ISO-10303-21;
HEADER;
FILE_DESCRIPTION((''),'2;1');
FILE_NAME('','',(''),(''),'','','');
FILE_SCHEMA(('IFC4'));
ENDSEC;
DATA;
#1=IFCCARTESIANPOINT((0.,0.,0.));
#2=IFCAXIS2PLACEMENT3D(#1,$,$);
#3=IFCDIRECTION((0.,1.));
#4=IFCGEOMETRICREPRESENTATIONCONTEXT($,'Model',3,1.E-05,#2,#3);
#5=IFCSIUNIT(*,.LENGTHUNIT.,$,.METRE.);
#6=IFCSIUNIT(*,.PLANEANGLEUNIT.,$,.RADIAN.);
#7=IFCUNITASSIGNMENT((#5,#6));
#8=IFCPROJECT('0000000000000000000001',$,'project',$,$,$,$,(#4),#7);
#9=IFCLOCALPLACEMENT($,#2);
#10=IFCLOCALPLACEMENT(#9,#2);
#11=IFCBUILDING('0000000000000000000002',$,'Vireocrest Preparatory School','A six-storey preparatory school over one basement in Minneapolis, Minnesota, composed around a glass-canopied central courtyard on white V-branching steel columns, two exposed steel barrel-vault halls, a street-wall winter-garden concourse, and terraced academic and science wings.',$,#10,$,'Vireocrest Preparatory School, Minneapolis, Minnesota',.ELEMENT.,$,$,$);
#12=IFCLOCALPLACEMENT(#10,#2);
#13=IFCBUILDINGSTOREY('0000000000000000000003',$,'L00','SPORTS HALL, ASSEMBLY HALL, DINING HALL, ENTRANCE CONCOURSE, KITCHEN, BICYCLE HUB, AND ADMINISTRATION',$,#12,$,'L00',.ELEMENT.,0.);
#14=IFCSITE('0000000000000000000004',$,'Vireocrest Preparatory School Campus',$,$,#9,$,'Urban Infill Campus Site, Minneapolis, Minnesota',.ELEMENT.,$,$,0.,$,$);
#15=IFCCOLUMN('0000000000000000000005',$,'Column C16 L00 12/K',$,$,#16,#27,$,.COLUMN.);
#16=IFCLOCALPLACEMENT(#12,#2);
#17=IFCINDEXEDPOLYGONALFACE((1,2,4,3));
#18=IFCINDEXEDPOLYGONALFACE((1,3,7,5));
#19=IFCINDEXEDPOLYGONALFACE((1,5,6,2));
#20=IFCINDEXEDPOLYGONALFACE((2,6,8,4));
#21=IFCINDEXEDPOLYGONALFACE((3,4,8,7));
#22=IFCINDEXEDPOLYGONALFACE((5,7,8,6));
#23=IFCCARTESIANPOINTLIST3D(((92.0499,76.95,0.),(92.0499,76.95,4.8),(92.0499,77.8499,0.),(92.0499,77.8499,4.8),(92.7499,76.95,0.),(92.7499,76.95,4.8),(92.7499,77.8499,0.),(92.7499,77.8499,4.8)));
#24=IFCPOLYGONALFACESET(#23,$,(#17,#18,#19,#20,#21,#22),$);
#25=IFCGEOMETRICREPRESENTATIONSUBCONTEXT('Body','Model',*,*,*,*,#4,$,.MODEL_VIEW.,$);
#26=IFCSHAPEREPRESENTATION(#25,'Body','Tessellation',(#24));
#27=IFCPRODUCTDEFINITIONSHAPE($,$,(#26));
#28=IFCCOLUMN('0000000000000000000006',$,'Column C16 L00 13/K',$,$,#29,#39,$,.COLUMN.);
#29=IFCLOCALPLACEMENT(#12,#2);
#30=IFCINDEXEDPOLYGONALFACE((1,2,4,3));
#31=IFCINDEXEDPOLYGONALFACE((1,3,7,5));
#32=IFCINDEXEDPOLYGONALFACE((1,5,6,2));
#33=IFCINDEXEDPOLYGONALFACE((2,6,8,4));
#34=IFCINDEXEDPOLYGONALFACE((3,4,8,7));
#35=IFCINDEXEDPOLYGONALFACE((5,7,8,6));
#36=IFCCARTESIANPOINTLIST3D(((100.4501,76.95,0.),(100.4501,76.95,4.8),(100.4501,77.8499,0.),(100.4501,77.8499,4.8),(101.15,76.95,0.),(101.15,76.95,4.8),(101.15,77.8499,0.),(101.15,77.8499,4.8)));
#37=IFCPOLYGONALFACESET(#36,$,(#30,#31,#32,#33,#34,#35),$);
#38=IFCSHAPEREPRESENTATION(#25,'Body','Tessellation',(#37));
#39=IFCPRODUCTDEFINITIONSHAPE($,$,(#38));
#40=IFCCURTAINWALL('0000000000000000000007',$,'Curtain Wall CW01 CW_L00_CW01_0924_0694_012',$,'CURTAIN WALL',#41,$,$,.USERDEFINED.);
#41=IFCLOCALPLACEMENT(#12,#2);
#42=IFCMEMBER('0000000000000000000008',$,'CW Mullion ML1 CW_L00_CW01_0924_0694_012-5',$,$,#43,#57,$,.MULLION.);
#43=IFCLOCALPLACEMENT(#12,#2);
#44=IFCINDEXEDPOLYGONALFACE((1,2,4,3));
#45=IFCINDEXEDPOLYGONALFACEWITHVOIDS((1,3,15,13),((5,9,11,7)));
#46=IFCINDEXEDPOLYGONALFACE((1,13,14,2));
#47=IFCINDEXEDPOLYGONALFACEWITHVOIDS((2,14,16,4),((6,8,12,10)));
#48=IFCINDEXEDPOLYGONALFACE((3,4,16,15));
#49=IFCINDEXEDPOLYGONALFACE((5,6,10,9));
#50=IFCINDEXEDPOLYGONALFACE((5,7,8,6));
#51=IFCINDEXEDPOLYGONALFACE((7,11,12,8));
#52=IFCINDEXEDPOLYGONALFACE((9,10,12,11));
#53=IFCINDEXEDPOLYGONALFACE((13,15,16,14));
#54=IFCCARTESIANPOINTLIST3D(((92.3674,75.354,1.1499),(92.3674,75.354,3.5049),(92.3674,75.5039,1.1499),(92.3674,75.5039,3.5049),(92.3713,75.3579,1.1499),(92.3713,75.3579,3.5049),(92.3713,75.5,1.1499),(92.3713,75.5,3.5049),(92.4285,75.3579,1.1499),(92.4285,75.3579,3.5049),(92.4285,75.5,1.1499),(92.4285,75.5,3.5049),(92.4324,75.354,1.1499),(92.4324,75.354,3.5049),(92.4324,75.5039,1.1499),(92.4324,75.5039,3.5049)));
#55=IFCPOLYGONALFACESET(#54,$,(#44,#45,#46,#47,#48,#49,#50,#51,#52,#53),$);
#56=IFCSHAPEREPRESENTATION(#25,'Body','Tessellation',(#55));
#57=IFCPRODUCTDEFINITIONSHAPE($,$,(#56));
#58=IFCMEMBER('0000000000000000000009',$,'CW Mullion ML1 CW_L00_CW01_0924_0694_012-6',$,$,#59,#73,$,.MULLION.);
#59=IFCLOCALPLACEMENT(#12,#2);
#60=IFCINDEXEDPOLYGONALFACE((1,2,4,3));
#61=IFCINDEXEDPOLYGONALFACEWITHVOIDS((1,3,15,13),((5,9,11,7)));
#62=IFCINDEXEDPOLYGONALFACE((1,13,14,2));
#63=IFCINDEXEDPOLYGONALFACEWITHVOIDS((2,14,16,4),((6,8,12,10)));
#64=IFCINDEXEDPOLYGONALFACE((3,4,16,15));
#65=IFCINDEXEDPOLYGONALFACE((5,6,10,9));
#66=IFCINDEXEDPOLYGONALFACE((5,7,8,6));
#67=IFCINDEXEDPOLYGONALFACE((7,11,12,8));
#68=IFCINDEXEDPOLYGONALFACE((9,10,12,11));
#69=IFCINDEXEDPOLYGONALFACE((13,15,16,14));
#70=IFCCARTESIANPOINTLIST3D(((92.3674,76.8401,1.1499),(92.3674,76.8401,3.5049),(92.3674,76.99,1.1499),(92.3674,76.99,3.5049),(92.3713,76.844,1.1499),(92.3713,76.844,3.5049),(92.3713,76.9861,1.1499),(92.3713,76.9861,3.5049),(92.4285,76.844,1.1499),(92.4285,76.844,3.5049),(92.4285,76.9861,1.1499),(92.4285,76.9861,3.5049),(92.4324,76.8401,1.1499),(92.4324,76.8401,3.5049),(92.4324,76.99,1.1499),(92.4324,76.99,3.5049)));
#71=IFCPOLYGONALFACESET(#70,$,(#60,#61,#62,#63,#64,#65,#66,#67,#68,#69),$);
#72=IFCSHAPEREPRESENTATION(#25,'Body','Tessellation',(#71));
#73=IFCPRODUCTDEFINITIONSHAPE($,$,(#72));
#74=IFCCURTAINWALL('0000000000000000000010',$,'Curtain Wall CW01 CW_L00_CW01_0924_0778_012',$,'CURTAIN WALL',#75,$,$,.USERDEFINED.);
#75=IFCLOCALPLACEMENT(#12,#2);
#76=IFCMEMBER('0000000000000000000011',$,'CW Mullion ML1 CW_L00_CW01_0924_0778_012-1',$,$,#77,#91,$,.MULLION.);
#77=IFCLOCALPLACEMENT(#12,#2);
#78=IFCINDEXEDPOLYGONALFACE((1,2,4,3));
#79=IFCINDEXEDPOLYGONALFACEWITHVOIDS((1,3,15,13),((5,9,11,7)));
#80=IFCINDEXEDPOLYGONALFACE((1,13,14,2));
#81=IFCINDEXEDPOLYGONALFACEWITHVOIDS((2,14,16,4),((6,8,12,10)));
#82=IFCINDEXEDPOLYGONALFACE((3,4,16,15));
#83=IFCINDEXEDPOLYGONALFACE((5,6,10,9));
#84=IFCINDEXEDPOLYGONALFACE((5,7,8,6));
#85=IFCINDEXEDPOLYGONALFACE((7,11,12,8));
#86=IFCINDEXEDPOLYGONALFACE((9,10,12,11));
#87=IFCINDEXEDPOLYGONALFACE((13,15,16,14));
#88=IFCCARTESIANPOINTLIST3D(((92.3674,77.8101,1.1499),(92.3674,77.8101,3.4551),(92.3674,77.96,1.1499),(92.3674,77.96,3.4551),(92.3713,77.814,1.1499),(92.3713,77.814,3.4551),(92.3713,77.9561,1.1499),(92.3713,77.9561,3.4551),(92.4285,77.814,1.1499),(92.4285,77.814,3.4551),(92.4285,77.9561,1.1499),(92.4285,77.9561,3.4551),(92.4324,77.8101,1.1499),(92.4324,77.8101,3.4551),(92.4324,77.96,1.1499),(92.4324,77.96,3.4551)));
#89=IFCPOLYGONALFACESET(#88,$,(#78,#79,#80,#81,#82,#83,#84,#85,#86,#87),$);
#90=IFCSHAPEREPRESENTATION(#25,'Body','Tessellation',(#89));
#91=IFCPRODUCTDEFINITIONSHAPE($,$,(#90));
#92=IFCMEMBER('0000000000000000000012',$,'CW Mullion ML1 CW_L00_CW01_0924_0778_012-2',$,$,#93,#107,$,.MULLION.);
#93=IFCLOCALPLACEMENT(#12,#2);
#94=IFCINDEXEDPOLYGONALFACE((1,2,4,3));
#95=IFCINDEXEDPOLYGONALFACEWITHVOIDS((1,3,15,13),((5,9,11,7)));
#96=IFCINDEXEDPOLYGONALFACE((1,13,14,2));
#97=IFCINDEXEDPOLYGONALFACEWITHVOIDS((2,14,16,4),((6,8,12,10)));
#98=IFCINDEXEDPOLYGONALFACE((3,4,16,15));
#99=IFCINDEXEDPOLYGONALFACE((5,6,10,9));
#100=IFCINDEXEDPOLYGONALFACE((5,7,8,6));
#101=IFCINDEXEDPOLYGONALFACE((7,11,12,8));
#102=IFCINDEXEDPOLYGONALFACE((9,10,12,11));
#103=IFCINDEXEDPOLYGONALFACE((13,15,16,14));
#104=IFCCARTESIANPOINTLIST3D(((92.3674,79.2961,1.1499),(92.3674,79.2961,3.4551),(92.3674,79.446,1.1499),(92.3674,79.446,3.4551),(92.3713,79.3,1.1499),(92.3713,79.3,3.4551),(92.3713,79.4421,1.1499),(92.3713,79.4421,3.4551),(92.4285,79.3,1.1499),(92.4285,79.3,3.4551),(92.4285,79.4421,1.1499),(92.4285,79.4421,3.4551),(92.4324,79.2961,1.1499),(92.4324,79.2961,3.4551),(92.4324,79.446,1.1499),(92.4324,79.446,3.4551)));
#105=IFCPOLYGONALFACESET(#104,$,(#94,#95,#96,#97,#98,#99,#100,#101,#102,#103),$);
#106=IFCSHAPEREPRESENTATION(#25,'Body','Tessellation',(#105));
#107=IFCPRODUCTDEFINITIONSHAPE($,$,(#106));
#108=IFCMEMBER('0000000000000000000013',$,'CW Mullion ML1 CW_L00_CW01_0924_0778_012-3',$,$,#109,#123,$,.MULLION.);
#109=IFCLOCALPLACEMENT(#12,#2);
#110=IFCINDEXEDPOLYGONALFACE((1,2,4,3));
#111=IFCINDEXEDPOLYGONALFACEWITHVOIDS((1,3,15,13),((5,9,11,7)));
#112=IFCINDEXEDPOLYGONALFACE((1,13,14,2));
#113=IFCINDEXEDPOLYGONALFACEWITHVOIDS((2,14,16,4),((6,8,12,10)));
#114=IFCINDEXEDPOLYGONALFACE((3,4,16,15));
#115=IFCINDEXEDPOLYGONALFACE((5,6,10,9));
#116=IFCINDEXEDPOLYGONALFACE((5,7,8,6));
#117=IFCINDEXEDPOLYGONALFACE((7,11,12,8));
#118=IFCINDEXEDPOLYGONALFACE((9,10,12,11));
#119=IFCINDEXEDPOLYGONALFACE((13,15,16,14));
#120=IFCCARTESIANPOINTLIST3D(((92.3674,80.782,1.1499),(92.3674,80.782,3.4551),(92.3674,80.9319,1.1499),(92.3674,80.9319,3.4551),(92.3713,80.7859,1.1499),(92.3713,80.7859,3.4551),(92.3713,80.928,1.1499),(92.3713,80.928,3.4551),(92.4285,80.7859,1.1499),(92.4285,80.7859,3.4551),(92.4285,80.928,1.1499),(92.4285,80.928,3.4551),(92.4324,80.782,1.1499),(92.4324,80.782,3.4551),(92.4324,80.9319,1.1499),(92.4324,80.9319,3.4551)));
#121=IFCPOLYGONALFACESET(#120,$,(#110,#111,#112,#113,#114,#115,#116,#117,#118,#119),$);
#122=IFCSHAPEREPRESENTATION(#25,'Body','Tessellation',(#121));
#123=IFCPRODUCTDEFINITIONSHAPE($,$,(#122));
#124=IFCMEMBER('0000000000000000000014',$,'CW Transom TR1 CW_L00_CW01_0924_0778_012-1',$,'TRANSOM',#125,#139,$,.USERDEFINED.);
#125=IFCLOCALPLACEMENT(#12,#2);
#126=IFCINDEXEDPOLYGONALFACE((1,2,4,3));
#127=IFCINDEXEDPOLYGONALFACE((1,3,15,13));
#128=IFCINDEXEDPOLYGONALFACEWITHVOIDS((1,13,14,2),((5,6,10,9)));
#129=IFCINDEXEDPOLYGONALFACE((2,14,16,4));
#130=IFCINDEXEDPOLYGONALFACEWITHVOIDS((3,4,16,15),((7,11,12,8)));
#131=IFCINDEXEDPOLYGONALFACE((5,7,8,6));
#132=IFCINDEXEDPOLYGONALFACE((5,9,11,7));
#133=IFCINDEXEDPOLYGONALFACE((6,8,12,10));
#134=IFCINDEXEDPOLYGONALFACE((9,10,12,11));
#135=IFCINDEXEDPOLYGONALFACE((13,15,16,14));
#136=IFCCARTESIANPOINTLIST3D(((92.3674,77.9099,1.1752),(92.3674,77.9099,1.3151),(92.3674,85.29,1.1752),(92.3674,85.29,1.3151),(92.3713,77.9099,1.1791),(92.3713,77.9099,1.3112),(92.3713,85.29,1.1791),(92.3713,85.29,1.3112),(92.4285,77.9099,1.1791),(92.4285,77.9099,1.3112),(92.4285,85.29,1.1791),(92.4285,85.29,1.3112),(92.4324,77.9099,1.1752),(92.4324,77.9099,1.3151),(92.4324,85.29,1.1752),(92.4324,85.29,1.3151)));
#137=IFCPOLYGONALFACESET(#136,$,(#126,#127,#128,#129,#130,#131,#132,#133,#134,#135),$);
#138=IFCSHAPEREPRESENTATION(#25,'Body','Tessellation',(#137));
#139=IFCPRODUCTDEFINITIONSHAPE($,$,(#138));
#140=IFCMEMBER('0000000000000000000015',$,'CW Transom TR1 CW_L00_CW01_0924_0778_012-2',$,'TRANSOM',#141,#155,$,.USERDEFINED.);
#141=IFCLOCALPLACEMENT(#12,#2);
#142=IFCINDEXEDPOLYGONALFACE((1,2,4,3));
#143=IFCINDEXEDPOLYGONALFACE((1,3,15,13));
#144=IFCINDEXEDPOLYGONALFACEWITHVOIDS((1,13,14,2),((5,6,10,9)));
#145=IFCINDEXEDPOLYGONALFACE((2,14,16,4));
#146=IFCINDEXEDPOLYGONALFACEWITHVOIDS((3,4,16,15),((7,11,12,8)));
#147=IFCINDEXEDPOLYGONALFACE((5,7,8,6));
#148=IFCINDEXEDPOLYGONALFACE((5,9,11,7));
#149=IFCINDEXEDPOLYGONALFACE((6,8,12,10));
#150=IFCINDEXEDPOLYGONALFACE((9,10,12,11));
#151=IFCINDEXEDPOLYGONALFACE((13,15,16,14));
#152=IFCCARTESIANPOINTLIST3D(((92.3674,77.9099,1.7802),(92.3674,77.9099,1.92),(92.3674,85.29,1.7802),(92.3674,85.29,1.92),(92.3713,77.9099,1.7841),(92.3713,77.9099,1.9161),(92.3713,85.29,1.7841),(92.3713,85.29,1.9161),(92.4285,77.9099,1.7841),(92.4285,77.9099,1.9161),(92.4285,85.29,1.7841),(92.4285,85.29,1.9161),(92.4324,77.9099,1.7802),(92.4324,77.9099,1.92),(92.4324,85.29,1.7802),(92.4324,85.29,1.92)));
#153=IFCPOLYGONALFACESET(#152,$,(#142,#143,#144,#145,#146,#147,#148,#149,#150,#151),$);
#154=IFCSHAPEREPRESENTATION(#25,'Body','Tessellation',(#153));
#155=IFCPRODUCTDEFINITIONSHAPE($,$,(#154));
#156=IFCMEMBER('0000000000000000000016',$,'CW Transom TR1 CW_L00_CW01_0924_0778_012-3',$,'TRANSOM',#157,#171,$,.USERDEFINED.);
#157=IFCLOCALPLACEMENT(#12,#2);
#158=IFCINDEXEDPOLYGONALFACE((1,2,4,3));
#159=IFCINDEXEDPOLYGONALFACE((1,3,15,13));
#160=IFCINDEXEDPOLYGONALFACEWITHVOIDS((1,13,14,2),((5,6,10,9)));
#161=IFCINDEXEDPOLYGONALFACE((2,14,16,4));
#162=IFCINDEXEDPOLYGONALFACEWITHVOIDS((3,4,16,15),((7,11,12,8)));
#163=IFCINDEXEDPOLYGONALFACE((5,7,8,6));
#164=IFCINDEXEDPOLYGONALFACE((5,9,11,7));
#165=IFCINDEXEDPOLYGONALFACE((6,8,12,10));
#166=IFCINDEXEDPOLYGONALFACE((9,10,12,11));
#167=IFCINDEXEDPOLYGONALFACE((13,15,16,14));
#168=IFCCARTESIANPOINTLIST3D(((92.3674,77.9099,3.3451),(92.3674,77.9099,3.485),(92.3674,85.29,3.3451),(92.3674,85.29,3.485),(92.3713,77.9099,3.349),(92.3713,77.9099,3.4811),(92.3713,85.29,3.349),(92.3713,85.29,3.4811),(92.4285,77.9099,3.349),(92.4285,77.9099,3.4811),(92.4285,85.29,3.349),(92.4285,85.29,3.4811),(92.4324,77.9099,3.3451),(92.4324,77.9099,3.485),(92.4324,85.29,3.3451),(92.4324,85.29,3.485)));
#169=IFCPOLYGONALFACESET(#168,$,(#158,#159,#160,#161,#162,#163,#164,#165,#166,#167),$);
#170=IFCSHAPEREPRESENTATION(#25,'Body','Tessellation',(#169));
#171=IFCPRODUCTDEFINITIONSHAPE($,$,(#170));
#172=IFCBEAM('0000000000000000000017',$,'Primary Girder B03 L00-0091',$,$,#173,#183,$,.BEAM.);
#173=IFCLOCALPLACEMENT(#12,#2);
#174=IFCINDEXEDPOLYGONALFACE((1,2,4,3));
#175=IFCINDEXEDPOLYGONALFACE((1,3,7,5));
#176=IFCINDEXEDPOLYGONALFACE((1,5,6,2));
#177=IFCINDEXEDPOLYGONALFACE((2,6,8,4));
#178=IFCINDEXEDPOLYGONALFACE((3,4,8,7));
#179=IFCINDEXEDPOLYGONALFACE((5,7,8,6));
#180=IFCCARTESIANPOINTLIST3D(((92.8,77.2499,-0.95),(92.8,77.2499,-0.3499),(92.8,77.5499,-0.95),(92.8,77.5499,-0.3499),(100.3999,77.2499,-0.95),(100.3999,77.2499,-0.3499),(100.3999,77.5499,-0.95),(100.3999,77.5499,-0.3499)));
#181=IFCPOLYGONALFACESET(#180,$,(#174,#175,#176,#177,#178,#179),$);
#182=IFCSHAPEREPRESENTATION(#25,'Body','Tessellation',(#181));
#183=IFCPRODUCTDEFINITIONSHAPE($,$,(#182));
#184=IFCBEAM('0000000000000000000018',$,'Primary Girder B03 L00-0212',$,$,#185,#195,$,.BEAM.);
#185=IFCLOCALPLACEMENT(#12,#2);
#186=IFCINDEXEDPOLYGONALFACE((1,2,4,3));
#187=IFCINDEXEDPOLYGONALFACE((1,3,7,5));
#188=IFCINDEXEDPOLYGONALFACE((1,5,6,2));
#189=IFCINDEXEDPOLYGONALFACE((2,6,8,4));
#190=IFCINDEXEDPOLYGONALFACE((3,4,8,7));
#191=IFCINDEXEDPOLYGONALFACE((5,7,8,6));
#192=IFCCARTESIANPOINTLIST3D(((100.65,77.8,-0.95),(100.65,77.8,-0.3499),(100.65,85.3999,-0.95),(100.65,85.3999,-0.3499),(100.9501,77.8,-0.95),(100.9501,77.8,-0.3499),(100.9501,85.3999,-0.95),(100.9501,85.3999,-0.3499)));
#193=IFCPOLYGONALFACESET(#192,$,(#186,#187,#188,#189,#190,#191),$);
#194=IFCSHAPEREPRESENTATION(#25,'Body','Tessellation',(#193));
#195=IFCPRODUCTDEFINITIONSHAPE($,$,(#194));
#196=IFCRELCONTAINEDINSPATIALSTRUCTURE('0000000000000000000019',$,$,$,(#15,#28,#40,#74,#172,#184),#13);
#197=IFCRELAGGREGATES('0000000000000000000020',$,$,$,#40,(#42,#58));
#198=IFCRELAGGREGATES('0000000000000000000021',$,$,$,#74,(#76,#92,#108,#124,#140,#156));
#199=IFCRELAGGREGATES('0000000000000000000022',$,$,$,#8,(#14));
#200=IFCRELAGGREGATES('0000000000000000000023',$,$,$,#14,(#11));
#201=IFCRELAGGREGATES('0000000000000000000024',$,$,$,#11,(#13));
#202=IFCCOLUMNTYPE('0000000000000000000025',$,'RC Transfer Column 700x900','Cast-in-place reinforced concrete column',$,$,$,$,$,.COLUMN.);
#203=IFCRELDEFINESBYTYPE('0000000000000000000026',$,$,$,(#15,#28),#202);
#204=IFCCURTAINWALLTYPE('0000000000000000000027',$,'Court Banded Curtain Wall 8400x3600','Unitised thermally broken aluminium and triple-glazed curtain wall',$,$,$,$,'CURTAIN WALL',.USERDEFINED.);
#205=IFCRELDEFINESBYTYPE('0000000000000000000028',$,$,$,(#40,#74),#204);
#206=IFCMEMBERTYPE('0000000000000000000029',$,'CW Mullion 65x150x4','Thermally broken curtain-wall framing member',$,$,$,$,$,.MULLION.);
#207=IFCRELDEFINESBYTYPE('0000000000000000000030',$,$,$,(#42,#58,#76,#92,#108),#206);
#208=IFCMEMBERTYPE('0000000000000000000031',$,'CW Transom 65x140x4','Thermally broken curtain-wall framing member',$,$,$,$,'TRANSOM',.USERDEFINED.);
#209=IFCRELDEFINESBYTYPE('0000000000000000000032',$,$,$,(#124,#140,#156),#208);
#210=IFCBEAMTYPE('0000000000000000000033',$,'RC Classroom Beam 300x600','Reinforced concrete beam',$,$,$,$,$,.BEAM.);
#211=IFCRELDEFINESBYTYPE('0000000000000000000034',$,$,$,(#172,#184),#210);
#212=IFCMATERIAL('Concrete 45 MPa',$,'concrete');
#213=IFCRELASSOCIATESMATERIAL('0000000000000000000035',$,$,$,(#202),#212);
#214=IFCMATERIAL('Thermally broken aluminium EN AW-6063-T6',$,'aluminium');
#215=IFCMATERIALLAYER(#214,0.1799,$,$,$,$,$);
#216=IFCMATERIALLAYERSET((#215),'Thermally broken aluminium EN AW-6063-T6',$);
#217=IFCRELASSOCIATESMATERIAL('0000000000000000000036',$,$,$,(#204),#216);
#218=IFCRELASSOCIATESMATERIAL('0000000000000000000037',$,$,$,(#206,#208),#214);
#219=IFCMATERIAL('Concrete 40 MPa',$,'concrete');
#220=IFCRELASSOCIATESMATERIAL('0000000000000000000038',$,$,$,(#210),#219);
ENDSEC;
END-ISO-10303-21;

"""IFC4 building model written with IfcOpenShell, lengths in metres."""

from ifc_helpers import new_model, si_unit, direction, frame, origin, origin_2d, place, context, subcontext, project, spatial, rectangle, hollow_rectangle, extrude, material, layer, layer_set, material_profile, profile_set, type_object, element, aggregate, save


model = new_model("IFC4")

# Units and contexts
model_context = context("Model", 3, precision=1e-05, world=origin(), true_north=direction((0.0, 1.0)))
body_context = subcontext(model_context, "Body", "Model", "MODEL_VIEW")
ifc_project = project(units=[si_unit("LENGTHUNIT", "METRE"), si_unit("PLANEANGLEUNIT", "RADIAN")], contexts=[model_context])

# Site, building, storey
site_placement = place(None, origin())
site = spatial("IfcSite", under=ifc_project, at=site_placement, Name="Vireocrest Preparatory School Campus", LongName="Urban Infill Campus Site, Minneapolis, Minnesota", CompositionType="ELEMENT", RefElevation=0.0)
building_placement = place(site_placement, origin())
building = spatial("IfcBuilding", under=site, at=building_placement, Name="Vireocrest Preparatory School", Description="A six-storey preparatory school over one basement in Minneapolis, Minnesota, composed around a glass-canopied central courtyard on white V-branching steel columns, two exposed steel barrel-vault halls, a street-wall winter-garden concourse, and terraced academic and science wings.", LongName="Vireocrest Preparatory School, Minneapolis, Minnesota", CompositionType="ELEMENT")
storey_placement = place(building_placement, origin())
storey = spatial("IfcBuildingStorey", under=building, at=storey_placement, Name="L00", Description="SPORTS HALL, ASSEMBLY HALL, DINING HALL, ENTRANCE CONCOURSE, KITCHEN, BICYCLE HUB, AND ADMINISTRATION", LongName="L00", CompositionType="ELEMENT", Elevation=0.0)

# Columns
ifc_material_1 = material(Name="Concrete 45 MPa", Category="concrete")
ifc_material_profile_1 = material_profile(ifc_material_1, rectangle(XDim=0.7, YDim=0.8999, at=origin_2d()), Name="RC 700x900")
ifc_profile_set_1 = profile_set([ifc_material_profile_1], Name="Concrete 45 MPa")
column_type = type_object("IfcColumnType", Name="RC Transfer Column 700x900", Description="Cast-in-place reinforced concrete column", PredefinedType="COLUMN", material=ifc_profile_set_1)
for number, where, z_axis, x_axis, name in (
    (1, (92.3999, 77.3999, 0.0), (0.0, 0.0, 1.0), (1.0, 0.0, 0.0), "Column C16 L00 12/K"),
    (2, (100.8, 77.3999, 0.0), (0.0, 0.0, 1.0), (1.0, 0.0, 0.0), "Column C16 L00 13/K"),
):
    element("IfcColumn", number, at=place(storey_placement, frame(where, z_axis=z_axis, x_axis=x_axis)), inside=storey, type_object=column_type, Name=name, PredefinedType="COLUMN", context=body_context, shape_type="SweptSolid", body=[
        extrude(rectangle(XDim=0.7, YDim=0.8999, at=origin_2d()), origin(), (0.0, 0.0, 1.0), 4.8),
    ])

# Curtain walls, members
ifc_material_2 = material(Name="Thermally broken aluminium EN AW-6063-T6", Category="aluminium")
ifc_layer_1 = layer(ifc_material_2, 0.1799)
ifc_layer_set_1 = layer_set([ifc_layer_1], Name="Thermally broken aluminium EN AW-6063-T6")
curtain_wall_type = type_object("IfcCurtainWallType", Name="Court Banded Curtain Wall 8400x3600", Description="Unitised thermally broken aluminium and triple-glazed curtain wall", ElementType="CURTAIN WALL", PredefinedType="USERDEFINED", material=ifc_layer_set_1)
curtain_wall_1_placement = place(storey_placement, origin())
curtain_wall_1 = element("IfcCurtainWall", 3, at=curtain_wall_1_placement, inside=storey, type_object=curtain_wall_type, Name="Curtain Wall CW01 CW_L00_CW01_0924_0694_012", ObjectType="CURTAIN WALL", PredefinedType="USERDEFINED")
ifc_material_profile_2 = material_profile(ifc_material_2, hollow_rectangle(XDim=0.0649, YDim=0.1499, WallThickness=0.0039, at=origin_2d()), Name="ALU 65x150x4")
ifc_profile_set_2 = profile_set([ifc_material_profile_2], Name="Thermally broken aluminium EN AW-6063-T6")
member_type_1 = type_object("IfcMemberType", Name="CW Mullion 65x150x4", Description="Thermally broken curtain-wall framing member", PredefinedType="MULLION", material=ifc_profile_set_2)
member_1_placement = place(storey_placement, frame((92.3999, 75.429, 1.1499), z_axis=(0.0, 0.0, 1.0), x_axis=(1.0, 0.0, 0.0)))
member_1 = element("IfcMember", 4, at=member_1_placement, type_object=member_type_1, Name="CW Mullion ML1 CW_L00_CW01_0924_0694_012-5", PredefinedType="MULLION", context=body_context, shape_type="SweptSolid", body=[
    extrude(hollow_rectangle(XDim=0.0649, YDim=0.1499, WallThickness=0.0039, at=origin_2d()), origin(), (0.0, 0.0, 1.0), 2.355),
])
member_2_placement = place(storey_placement, frame((92.3999, 76.915, 1.1499), z_axis=(0.0, 0.0, 1.0), x_axis=(1.0, 0.0, 0.0)))
member_2 = element("IfcMember", 5, at=member_2_placement, type_object=member_type_1, Name="CW Mullion ML1 CW_L00_CW01_0924_0694_012-6", PredefinedType="MULLION", context=body_context, shape_type="SweptSolid", body=[
    extrude(hollow_rectangle(XDim=0.0649, YDim=0.1499, WallThickness=0.0039, at=origin_2d()), origin(), (0.0, 0.0, 1.0), 2.355),
])
curtain_wall_2_placement = place(storey_placement, origin())
curtain_wall_2 = element("IfcCurtainWall", 6, at=curtain_wall_2_placement, inside=storey, type_object=curtain_wall_type, Name="Curtain Wall CW01 CW_L00_CW01_0924_0778_012", ObjectType="CURTAIN WALL", PredefinedType="USERDEFINED")
member_3_placement = place(storey_placement, frame((92.3999, 77.885, 1.1499), z_axis=(0.0, 0.0, 1.0), x_axis=(1.0, 0.0, 0.0)))
member_3 = element("IfcMember", 7, at=member_3_placement, type_object=member_type_1, Name="CW Mullion ML1 CW_L00_CW01_0924_0778_012-1", PredefinedType="MULLION", context=body_context, shape_type="SweptSolid", body=[
    extrude(hollow_rectangle(XDim=0.0649, YDim=0.1499, WallThickness=0.0039, at=origin_2d()), origin(), (0.0, 0.0, 1.0), 2.3052),
])
member_4_placement = place(storey_placement, frame((92.3999, 79.3711, 1.1499), z_axis=(0.0, 0.0, 1.0), x_axis=(1.0, 0.0, 0.0)))
member_4 = element("IfcMember", 8, at=member_4_placement, type_object=member_type_1, Name="CW Mullion ML1 CW_L00_CW01_0924_0778_012-2", PredefinedType="MULLION", context=body_context, shape_type="SweptSolid", body=[
    extrude(hollow_rectangle(XDim=0.0649, YDim=0.1499, WallThickness=0.0039, at=origin_2d()), origin(), (0.0, 0.0, 1.0), 2.3052),
])
member_5_placement = place(storey_placement, frame((92.3999, 80.8569, 1.1499), z_axis=(0.0, 0.0, 1.0), x_axis=(1.0, 0.0, 0.0)))
member_5 = element("IfcMember", 9, at=member_5_placement, type_object=member_type_1, Name="CW Mullion ML1 CW_L00_CW01_0924_0778_012-3", PredefinedType="MULLION", context=body_context, shape_type="SweptSolid", body=[
    extrude(hollow_rectangle(XDim=0.0649, YDim=0.1499, WallThickness=0.0039, at=origin_2d()), origin(), (0.0, 0.0, 1.0), 2.3052),
])
ifc_material_profile_3 = material_profile(ifc_material_2, hollow_rectangle(XDim=0.0649, YDim=0.1399, WallThickness=0.0039, at=origin_2d()), Name="ALU 65x140x4")
ifc_profile_set_3 = profile_set([ifc_material_profile_3], Name="Thermally broken aluminium EN AW-6063-T6")
member_type_2 = type_object("IfcMemberType", Name="CW Transom 65x140x4", Description="Thermally broken curtain-wall framing member", ElementType="TRANSOM", PredefinedType="USERDEFINED", material=ifc_profile_set_3)
member_6_placement = place(storey_placement, frame((92.3999, 77.9099, 1.2451), z_axis=(0.0, 1.0, 0.0), x_axis=(-1.0, 0.0, 0.0)))
member_6 = element("IfcMember", 10, at=member_6_placement, type_object=member_type_2, Name="CW Transom TR1 CW_L00_CW01_0924_0778_012-1", ObjectType="TRANSOM", PredefinedType="USERDEFINED", context=body_context, shape_type="SweptSolid", body=[
    extrude(hollow_rectangle(XDim=0.0649, YDim=0.1399, WallThickness=0.0039, at=origin_2d()), origin(), (0.0, 0.0, 1.0), 7.3801),
])
member_7_placement = place(storey_placement, frame((92.3999, 77.9099, 1.8501), z_axis=(0.0, 1.0, 0.0), x_axis=(-1.0, 0.0, 0.0)))
member_7 = element("IfcMember", 11, at=member_7_placement, type_object=member_type_2, Name="CW Transom TR1 CW_L00_CW01_0924_0778_012-2", ObjectType="TRANSOM", PredefinedType="USERDEFINED", context=body_context, shape_type="SweptSolid", body=[
    extrude(hollow_rectangle(XDim=0.0649, YDim=0.1399, WallThickness=0.0039, at=origin_2d()), origin(), (0.0, 0.0, 1.0), 7.3801),
])
member_8_placement = place(storey_placement, frame((92.3999, 77.9099, 3.415), z_axis=(0.0, 1.0, 0.0), x_axis=(-1.0, 0.0, 0.0)))
member_8 = element("IfcMember", 12, at=member_8_placement, type_object=member_type_2, Name="CW Transom TR1 CW_L00_CW01_0924_0778_012-3", ObjectType="TRANSOM", PredefinedType="USERDEFINED", context=body_context, shape_type="SweptSolid", body=[
    extrude(hollow_rectangle(XDim=0.0649, YDim=0.1399, WallThickness=0.0039, at=origin_2d()), origin(), (0.0, 0.0, 1.0), 7.3801),
])

# Beams
ifc_material_3 = material(Name="Concrete 40 MPa", Category="concrete")
ifc_material_profile_4 = material_profile(ifc_material_3, rectangle(XDim=0.3, YDim=0.6001, at=origin_2d()), Name="RC 300x600")
ifc_profile_set_4 = profile_set([ifc_material_profile_4], Name="Concrete 40 MPa")
beam_type_1 = type_object("IfcBeamType", Name="RC Classroom Beam 300x600", Description="Reinforced concrete beam", PredefinedType="BEAM", material=ifc_profile_set_4)
for number, where, z_axis, x_axis, name in (
    (13, (92.8, 77.3999, -0.6499), (1.0, 0.0, 0.0), (0.0, 1.0, 0.0), "Primary Girder B03 L00-0091"),
    (14, (100.8, 77.8, -0.6499), (0.0, 1.0, 0.0), (-1.0, 0.0, 0.0), "Primary Girder B03 L00-0212"),
):
    element("IfcBeam", number, at=place(storey_placement, frame(where, z_axis=z_axis, x_axis=x_axis)), inside=storey, type_object=beam_type_1, Name=name, PredefinedType="BEAM", context=body_context, shape_type="SweptSolid", body=[
        extrude(rectangle(XDim=0.3, YDim=0.6001, at=origin_2d()), origin(), (0.0, 0.0, 1.0), 7.5999),
    ])

aggregate(curtain_wall_1, [member_1, member_2])
aggregate(curtain_wall_2, [member_3, member_4, member_5, member_6, member_7, member_8])

save(model, "model.ifc")
